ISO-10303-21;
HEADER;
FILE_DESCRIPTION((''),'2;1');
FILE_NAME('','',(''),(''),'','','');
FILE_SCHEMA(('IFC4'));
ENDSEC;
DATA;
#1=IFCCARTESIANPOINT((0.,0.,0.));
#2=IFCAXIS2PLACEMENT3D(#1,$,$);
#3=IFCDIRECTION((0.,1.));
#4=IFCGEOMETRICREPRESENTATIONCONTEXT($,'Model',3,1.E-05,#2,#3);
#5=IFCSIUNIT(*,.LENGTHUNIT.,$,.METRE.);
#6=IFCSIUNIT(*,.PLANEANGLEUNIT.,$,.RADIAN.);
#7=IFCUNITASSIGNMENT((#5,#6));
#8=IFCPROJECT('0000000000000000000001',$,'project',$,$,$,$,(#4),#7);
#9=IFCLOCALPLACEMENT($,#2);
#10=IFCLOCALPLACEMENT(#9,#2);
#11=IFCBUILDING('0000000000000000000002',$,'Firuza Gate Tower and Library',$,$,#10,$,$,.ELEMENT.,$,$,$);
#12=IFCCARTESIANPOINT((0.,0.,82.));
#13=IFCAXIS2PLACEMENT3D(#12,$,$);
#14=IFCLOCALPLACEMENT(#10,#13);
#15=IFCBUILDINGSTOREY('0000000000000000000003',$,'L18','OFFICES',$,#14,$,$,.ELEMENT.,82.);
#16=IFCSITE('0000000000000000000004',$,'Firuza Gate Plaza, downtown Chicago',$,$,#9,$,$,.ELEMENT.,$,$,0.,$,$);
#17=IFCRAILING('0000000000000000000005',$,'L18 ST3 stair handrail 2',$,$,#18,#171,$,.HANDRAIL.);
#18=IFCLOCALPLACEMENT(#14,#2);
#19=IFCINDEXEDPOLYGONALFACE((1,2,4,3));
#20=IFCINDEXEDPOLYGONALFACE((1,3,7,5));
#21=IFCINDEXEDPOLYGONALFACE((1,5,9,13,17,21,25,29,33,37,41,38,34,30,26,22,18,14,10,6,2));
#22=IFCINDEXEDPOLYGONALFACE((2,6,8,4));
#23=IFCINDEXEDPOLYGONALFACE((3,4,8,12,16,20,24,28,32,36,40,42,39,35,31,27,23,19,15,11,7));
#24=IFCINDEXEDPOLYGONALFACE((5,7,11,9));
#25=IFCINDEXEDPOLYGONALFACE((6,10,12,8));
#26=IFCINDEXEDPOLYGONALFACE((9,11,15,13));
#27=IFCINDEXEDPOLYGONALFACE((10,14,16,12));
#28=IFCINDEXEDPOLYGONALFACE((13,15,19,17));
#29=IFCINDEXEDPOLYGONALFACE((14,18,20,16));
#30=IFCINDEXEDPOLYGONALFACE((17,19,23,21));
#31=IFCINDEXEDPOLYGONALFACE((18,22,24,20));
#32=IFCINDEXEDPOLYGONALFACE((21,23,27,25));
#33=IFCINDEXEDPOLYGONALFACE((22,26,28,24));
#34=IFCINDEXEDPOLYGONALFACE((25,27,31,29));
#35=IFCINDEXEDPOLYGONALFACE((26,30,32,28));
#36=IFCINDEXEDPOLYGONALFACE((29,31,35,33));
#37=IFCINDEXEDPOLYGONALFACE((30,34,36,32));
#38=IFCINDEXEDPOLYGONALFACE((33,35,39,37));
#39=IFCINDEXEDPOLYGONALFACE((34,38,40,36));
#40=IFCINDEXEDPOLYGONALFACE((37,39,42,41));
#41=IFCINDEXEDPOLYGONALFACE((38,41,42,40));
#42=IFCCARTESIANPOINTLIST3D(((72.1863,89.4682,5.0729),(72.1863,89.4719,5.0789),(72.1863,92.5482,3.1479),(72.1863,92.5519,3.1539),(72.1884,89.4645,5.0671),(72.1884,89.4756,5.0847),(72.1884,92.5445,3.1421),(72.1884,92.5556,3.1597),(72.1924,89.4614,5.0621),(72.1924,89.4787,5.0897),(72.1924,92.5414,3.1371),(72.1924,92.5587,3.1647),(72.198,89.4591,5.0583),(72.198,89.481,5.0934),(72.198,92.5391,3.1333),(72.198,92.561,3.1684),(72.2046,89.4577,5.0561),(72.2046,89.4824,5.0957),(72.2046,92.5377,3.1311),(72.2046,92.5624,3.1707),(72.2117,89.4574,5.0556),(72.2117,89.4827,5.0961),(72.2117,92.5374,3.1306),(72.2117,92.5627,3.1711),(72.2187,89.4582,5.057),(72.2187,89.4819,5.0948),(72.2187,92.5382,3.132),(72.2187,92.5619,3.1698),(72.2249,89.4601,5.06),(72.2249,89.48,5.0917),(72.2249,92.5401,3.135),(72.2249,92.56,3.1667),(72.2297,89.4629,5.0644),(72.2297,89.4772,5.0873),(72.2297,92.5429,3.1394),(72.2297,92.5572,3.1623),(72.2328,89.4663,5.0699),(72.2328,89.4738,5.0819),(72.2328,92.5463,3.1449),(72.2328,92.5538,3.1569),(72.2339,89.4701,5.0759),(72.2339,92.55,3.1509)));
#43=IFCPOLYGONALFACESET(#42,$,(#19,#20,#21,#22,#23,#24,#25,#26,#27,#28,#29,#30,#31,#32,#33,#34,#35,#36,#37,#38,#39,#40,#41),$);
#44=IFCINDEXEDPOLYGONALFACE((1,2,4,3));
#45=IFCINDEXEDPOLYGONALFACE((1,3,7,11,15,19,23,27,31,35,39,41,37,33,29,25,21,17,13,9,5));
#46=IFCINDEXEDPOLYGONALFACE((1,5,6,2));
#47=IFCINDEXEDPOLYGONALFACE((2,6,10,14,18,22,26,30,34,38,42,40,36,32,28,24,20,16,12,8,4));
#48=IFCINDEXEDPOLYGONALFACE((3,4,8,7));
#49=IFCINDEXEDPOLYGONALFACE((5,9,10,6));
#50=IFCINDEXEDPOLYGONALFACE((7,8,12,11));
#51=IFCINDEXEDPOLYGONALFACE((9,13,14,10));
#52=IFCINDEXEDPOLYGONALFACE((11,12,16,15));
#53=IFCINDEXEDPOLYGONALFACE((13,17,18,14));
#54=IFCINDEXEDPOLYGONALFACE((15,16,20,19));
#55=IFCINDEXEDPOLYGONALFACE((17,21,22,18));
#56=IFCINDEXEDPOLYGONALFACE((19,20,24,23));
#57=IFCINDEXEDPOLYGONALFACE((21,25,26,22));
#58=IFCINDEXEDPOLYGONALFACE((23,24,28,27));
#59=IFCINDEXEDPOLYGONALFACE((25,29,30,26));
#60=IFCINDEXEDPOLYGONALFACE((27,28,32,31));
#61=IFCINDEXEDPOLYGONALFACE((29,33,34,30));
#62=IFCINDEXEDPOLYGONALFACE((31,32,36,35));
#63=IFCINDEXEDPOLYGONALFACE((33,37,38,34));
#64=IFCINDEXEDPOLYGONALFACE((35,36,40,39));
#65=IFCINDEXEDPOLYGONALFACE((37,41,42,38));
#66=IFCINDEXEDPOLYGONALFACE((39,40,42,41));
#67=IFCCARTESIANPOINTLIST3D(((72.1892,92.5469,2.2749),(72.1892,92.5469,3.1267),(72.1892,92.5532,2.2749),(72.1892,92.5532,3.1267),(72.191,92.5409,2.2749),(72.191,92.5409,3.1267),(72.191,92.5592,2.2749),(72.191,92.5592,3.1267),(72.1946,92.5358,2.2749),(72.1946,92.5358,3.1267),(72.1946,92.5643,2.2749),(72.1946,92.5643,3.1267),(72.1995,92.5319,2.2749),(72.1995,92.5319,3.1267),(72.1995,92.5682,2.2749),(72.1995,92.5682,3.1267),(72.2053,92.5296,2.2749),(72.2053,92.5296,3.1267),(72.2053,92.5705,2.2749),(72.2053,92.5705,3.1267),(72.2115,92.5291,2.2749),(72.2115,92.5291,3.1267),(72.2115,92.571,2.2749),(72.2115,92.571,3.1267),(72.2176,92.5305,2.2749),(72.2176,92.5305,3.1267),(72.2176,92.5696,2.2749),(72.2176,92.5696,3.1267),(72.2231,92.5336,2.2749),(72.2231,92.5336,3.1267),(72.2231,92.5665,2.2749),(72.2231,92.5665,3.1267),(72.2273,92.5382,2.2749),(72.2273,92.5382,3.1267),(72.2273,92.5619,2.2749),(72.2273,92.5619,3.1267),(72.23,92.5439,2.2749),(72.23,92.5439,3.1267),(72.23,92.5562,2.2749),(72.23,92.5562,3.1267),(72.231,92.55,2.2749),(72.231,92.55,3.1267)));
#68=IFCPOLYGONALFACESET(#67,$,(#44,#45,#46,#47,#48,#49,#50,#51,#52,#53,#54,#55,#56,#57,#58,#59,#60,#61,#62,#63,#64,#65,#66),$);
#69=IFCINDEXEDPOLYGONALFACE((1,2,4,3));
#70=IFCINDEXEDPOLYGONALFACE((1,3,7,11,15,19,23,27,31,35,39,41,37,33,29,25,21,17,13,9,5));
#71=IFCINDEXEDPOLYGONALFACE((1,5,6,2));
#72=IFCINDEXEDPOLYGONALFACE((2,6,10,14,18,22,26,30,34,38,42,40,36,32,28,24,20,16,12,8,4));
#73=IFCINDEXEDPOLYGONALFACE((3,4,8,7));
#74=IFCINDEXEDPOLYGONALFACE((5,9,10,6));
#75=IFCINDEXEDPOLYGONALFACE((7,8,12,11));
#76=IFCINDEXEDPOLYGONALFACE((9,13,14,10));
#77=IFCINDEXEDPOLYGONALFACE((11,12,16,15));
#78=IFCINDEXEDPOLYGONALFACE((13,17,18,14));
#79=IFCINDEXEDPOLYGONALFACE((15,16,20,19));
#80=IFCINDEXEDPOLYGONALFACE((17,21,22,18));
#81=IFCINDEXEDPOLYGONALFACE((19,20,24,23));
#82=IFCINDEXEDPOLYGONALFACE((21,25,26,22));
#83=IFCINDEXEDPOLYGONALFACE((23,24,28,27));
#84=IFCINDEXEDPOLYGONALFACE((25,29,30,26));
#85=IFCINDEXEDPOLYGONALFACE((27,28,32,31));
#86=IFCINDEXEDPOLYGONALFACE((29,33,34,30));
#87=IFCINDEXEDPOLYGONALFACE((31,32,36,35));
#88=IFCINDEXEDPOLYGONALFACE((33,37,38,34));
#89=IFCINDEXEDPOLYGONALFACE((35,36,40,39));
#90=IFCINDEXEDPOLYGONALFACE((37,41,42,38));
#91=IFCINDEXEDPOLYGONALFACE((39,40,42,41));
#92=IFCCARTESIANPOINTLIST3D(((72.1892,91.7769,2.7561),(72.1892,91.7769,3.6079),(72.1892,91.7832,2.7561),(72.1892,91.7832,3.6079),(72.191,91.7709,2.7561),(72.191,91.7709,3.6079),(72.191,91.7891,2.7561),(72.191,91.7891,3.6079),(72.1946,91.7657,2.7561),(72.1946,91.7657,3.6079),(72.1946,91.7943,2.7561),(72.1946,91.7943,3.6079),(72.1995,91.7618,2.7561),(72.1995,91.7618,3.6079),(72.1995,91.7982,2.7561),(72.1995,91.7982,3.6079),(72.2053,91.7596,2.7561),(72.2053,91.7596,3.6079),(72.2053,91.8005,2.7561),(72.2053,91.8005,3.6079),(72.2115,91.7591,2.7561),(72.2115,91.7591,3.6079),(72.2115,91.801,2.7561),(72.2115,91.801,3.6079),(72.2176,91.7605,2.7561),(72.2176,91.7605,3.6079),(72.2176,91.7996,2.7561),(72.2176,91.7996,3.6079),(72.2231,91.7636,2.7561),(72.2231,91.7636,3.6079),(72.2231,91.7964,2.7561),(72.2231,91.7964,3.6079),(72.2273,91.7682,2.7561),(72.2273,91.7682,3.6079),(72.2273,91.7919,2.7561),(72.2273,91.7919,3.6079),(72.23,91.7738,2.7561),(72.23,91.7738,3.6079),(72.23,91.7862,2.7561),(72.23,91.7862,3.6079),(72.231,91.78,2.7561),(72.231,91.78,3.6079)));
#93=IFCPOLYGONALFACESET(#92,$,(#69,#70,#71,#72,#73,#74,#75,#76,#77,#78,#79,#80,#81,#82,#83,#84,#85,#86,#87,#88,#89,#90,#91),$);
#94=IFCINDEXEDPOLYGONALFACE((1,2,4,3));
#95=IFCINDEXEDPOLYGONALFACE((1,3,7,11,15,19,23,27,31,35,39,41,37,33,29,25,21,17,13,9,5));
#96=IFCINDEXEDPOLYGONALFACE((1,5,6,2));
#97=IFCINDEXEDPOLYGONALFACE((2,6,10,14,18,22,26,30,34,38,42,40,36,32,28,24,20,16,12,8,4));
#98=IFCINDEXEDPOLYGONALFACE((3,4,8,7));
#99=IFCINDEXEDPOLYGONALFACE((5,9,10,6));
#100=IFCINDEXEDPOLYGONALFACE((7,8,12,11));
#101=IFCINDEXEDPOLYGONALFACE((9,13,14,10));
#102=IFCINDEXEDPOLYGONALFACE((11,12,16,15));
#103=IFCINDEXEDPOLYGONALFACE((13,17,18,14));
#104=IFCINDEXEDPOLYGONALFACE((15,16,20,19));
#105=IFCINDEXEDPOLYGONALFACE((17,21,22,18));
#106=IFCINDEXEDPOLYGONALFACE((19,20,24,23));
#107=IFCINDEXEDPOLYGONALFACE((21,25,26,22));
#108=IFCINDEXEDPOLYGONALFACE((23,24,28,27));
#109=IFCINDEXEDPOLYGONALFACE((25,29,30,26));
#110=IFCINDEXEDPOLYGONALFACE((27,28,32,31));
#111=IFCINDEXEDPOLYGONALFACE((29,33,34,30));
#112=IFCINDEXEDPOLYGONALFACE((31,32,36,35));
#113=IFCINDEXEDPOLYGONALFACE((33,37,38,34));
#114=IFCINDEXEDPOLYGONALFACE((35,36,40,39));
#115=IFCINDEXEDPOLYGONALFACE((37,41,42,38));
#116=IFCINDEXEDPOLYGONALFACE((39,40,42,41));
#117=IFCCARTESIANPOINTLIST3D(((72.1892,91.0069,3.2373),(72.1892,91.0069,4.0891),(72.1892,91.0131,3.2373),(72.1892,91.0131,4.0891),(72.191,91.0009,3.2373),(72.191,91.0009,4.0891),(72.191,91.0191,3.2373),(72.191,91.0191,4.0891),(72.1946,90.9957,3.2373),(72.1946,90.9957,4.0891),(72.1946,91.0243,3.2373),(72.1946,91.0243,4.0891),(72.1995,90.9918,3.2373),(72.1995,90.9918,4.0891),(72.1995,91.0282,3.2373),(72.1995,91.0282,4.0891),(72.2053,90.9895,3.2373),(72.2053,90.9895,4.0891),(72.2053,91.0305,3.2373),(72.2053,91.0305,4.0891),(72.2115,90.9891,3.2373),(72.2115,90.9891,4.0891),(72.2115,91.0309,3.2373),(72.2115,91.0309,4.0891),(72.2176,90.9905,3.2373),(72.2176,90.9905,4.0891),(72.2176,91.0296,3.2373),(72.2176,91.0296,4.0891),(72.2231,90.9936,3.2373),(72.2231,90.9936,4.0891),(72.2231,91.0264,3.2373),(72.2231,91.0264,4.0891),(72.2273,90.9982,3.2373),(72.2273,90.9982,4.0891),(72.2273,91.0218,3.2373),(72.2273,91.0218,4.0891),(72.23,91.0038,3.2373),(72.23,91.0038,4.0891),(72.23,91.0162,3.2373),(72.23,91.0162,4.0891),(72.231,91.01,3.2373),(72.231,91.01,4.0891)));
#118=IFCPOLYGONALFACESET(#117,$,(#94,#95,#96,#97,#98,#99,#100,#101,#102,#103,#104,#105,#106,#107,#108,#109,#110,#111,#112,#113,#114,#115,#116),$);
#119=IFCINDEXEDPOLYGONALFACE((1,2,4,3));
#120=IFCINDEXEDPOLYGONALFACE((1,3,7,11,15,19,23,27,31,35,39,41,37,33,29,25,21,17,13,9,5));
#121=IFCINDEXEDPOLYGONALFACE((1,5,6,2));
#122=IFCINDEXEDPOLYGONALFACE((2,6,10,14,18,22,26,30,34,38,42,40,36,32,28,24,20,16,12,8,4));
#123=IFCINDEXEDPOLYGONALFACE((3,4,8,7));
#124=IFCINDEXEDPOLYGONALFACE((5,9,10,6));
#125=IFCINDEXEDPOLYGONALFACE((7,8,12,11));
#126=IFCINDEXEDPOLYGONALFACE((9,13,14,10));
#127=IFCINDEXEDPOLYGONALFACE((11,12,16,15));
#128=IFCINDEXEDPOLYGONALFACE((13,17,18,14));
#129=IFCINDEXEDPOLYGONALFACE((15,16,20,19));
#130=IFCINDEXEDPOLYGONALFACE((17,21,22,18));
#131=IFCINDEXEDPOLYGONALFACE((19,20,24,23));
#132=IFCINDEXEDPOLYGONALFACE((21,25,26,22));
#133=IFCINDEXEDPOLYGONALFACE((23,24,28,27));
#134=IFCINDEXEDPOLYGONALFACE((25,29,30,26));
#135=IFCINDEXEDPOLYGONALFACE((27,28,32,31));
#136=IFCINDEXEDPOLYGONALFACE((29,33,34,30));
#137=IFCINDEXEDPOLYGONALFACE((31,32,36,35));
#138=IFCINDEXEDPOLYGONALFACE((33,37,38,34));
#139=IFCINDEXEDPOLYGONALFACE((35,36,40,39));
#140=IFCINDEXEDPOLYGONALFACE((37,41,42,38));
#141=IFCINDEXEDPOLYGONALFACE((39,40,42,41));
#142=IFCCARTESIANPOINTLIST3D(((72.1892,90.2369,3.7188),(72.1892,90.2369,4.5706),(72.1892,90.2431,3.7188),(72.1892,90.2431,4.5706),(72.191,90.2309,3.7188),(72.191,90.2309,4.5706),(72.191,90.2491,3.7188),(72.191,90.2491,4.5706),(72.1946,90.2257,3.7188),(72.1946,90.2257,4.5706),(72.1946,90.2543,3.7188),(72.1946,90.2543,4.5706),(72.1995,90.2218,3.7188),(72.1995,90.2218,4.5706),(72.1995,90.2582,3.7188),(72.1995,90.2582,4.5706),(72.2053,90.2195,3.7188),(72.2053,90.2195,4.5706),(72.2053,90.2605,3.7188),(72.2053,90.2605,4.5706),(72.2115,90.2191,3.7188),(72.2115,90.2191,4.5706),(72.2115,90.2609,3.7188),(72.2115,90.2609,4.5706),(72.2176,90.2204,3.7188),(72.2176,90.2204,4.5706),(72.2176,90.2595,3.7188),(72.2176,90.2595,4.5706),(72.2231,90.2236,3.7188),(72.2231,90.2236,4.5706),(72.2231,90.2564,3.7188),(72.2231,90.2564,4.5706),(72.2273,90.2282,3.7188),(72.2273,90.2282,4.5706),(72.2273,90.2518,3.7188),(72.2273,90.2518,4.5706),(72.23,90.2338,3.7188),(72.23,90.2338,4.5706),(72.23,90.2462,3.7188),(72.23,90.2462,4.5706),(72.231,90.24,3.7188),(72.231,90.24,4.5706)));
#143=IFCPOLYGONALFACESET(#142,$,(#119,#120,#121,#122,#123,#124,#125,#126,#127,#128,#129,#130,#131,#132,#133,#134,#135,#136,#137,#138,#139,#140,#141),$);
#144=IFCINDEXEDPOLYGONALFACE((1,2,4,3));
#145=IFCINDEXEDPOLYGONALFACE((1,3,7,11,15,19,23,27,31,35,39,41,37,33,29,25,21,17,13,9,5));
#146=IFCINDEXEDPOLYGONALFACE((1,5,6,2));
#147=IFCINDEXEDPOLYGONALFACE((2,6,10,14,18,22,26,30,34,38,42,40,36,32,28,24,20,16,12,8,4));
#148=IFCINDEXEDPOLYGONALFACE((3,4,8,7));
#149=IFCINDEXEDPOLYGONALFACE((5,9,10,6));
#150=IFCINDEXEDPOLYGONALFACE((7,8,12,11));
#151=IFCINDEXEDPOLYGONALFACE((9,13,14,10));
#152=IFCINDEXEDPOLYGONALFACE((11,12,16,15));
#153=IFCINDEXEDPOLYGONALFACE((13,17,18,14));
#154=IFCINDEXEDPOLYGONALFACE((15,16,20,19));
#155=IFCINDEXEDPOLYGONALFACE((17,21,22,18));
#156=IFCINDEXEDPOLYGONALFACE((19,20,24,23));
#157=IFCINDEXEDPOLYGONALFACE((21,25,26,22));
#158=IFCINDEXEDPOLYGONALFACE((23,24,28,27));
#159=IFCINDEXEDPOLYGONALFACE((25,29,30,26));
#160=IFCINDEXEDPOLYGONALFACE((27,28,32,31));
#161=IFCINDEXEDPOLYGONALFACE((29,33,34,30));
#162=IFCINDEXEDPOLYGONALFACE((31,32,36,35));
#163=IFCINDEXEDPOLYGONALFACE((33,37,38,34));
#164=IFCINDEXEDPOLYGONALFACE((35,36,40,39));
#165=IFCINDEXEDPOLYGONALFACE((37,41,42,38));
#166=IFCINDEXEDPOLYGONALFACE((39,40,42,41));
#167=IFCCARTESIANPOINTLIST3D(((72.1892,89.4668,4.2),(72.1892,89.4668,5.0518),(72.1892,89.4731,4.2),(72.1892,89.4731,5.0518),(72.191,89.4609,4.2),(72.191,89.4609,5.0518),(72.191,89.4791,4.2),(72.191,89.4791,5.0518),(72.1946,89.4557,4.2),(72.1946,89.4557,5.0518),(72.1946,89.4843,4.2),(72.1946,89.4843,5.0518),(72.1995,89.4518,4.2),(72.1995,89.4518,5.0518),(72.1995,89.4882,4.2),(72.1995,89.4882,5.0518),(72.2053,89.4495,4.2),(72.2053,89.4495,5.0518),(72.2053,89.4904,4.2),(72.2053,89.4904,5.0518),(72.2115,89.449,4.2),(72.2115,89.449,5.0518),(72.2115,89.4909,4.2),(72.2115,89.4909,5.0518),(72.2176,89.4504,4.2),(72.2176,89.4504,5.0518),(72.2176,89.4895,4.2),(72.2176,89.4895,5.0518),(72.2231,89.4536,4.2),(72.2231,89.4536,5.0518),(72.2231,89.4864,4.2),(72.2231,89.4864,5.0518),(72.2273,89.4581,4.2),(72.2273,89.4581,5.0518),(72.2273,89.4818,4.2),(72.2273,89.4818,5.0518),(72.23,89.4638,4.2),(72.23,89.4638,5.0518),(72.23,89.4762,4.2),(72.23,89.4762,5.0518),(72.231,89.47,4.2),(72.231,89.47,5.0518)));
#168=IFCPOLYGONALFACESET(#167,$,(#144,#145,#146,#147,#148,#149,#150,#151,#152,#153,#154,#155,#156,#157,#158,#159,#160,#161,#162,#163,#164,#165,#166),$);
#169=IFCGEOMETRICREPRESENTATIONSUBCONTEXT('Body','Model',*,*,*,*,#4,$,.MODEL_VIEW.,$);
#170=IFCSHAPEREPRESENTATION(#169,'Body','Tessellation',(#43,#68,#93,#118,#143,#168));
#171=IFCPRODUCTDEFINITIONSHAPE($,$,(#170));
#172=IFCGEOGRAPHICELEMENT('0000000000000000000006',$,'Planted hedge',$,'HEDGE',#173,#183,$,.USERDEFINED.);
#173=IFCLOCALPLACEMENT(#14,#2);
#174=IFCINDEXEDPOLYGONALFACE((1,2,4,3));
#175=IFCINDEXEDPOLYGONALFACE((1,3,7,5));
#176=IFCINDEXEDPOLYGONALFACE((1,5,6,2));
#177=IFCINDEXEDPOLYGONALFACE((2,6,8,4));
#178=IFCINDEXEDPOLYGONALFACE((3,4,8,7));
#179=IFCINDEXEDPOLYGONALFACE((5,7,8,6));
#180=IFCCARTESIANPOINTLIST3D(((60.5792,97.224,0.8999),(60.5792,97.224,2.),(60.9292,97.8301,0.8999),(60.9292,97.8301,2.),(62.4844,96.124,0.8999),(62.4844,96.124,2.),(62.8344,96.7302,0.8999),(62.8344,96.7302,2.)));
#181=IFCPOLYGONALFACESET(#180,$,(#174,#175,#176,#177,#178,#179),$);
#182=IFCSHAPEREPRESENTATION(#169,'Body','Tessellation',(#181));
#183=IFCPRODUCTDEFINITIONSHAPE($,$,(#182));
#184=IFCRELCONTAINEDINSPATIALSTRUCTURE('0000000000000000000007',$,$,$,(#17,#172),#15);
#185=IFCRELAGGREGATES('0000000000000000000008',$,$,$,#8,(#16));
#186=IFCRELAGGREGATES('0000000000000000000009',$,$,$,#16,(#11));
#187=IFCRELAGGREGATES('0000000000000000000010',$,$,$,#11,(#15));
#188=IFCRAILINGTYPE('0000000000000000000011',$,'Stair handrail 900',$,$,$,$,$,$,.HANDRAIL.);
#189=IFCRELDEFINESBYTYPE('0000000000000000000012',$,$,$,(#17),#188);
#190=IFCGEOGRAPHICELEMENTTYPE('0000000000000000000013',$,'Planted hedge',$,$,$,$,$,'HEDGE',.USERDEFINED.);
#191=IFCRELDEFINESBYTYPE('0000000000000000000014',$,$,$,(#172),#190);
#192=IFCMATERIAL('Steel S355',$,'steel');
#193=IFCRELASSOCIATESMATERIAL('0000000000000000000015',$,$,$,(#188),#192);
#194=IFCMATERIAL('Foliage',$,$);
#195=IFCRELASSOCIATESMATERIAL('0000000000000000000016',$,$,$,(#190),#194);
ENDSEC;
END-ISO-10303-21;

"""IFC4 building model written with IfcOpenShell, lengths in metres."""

from ifc_helpers import new_model, si_unit, direction, frame, origin, origin_2d, place, context, subcontext, project, spatial, rectangle, circle, extrude, material, type_object, element, save


model = new_model("IFC4")

# Units and contexts
model_context = context("Model", 3, precision=1e-05, world=origin(), true_north=direction((0.0, 1.0)))
body_context = subcontext(model_context, "Body", "Model", "MODEL_VIEW")
ifc_project = project(units=[si_unit("LENGTHUNIT", "METRE"), si_unit("PLANEANGLEUNIT", "RADIAN")], contexts=[model_context])

# Site, building, storey
site_placement = place(None, origin())
site = spatial("IfcSite", under=ifc_project, at=site_placement, Name="Firuza Gate Plaza, downtown Chicago", CompositionType="ELEMENT", RefElevation=0.0)
building_placement = place(site_placement, origin())
building = spatial("IfcBuilding", under=site, at=building_placement, Name="Firuza Gate Tower and Library", CompositionType="ELEMENT")
storey_placement = place(building_placement, frame((0.0, 0.0, 82.0)))
storey = spatial("IfcBuildingStorey", under=building, at=storey_placement, Name="L18", Description="OFFICES", CompositionType="ELEMENT", Elevation=82.0)

# Railing
ifc_material_1 = material(Name="Steel S355", Category="steel")
railing_type_1 = type_object("IfcRailingType", Name="Stair handrail 900", PredefinedType="HANDRAIL", material=ifc_material_1)
railing_1_placement = place(storey_placement, frame((72.21, 92.55, 2.2749)))
element("IfcRailing", 1, at=railing_1_placement, inside=storey, type_object=railing_type_1, Name="L18 ST3 stair handrail 2", PredefinedType="HANDRAIL", context=body_context, shape_type="SweptSolid", body=[
    extrude(circle(Radius=0.0239, at=origin_2d()), frame((0.0, 0.0, 0.876), z_axis=(0.0, -0.847998, 0.529999), x_axis=(1.0, 0.0, 0.0)), (0.0, 0.0, 1.0), 3.6321),
    extrude(circle(Radius=0.021, at=origin_2d()), origin(), (0.0, 0.0, 1.0), 0.8518),
    extrude(circle(Radius=0.021, at=origin_2d()), frame((0.0, -0.77, 0.4812)), (0.0, 0.0, 1.0), 0.8518),
    extrude(circle(Radius=0.021, at=origin_2d()), frame((0.0, -1.54, 0.9624)), (0.0, 0.0, 1.0), 0.8518),
    extrude(circle(Radius=0.021, at=origin_2d()), frame((0.0, -2.3101, 1.4438)), (0.0, 0.0, 1.0), 0.8518),
    extrude(circle(Radius=0.021, at=origin_2d()), frame((0.0, -3.0801, 1.925)), (0.0, 0.0, 1.0), 0.8518),
])

# Geographic element
ifc_material_2 = material(Name="Foliage")
geographic_element_type = type_object("IfcGeographicElementType", Name="Planted hedge", ElementType="HEDGE", PredefinedType="USERDEFINED", material=ifc_material_2)
geographic_element_placement = place(storey_placement, frame((61.7068, 96.9771, 0.8999), z_axis=(0.0, 0.0, 1.0), x_axis=(0.866025, -0.5, 0.0)))
element("IfcGeographicElement", 2, at=geographic_element_placement, inside=storey, type_object=geographic_element_type, Name="Planted hedge", ObjectType="HEDGE", PredefinedType="USERDEFINED", context=body_context, shape_type="SweptSolid", body=[
    extrude(rectangle(XDim=2.2, YDim=0.7, at=origin_2d()), origin(), (0.0, 0.0, 1.0), 1.1001),
])

save(model, "model.ifc")
